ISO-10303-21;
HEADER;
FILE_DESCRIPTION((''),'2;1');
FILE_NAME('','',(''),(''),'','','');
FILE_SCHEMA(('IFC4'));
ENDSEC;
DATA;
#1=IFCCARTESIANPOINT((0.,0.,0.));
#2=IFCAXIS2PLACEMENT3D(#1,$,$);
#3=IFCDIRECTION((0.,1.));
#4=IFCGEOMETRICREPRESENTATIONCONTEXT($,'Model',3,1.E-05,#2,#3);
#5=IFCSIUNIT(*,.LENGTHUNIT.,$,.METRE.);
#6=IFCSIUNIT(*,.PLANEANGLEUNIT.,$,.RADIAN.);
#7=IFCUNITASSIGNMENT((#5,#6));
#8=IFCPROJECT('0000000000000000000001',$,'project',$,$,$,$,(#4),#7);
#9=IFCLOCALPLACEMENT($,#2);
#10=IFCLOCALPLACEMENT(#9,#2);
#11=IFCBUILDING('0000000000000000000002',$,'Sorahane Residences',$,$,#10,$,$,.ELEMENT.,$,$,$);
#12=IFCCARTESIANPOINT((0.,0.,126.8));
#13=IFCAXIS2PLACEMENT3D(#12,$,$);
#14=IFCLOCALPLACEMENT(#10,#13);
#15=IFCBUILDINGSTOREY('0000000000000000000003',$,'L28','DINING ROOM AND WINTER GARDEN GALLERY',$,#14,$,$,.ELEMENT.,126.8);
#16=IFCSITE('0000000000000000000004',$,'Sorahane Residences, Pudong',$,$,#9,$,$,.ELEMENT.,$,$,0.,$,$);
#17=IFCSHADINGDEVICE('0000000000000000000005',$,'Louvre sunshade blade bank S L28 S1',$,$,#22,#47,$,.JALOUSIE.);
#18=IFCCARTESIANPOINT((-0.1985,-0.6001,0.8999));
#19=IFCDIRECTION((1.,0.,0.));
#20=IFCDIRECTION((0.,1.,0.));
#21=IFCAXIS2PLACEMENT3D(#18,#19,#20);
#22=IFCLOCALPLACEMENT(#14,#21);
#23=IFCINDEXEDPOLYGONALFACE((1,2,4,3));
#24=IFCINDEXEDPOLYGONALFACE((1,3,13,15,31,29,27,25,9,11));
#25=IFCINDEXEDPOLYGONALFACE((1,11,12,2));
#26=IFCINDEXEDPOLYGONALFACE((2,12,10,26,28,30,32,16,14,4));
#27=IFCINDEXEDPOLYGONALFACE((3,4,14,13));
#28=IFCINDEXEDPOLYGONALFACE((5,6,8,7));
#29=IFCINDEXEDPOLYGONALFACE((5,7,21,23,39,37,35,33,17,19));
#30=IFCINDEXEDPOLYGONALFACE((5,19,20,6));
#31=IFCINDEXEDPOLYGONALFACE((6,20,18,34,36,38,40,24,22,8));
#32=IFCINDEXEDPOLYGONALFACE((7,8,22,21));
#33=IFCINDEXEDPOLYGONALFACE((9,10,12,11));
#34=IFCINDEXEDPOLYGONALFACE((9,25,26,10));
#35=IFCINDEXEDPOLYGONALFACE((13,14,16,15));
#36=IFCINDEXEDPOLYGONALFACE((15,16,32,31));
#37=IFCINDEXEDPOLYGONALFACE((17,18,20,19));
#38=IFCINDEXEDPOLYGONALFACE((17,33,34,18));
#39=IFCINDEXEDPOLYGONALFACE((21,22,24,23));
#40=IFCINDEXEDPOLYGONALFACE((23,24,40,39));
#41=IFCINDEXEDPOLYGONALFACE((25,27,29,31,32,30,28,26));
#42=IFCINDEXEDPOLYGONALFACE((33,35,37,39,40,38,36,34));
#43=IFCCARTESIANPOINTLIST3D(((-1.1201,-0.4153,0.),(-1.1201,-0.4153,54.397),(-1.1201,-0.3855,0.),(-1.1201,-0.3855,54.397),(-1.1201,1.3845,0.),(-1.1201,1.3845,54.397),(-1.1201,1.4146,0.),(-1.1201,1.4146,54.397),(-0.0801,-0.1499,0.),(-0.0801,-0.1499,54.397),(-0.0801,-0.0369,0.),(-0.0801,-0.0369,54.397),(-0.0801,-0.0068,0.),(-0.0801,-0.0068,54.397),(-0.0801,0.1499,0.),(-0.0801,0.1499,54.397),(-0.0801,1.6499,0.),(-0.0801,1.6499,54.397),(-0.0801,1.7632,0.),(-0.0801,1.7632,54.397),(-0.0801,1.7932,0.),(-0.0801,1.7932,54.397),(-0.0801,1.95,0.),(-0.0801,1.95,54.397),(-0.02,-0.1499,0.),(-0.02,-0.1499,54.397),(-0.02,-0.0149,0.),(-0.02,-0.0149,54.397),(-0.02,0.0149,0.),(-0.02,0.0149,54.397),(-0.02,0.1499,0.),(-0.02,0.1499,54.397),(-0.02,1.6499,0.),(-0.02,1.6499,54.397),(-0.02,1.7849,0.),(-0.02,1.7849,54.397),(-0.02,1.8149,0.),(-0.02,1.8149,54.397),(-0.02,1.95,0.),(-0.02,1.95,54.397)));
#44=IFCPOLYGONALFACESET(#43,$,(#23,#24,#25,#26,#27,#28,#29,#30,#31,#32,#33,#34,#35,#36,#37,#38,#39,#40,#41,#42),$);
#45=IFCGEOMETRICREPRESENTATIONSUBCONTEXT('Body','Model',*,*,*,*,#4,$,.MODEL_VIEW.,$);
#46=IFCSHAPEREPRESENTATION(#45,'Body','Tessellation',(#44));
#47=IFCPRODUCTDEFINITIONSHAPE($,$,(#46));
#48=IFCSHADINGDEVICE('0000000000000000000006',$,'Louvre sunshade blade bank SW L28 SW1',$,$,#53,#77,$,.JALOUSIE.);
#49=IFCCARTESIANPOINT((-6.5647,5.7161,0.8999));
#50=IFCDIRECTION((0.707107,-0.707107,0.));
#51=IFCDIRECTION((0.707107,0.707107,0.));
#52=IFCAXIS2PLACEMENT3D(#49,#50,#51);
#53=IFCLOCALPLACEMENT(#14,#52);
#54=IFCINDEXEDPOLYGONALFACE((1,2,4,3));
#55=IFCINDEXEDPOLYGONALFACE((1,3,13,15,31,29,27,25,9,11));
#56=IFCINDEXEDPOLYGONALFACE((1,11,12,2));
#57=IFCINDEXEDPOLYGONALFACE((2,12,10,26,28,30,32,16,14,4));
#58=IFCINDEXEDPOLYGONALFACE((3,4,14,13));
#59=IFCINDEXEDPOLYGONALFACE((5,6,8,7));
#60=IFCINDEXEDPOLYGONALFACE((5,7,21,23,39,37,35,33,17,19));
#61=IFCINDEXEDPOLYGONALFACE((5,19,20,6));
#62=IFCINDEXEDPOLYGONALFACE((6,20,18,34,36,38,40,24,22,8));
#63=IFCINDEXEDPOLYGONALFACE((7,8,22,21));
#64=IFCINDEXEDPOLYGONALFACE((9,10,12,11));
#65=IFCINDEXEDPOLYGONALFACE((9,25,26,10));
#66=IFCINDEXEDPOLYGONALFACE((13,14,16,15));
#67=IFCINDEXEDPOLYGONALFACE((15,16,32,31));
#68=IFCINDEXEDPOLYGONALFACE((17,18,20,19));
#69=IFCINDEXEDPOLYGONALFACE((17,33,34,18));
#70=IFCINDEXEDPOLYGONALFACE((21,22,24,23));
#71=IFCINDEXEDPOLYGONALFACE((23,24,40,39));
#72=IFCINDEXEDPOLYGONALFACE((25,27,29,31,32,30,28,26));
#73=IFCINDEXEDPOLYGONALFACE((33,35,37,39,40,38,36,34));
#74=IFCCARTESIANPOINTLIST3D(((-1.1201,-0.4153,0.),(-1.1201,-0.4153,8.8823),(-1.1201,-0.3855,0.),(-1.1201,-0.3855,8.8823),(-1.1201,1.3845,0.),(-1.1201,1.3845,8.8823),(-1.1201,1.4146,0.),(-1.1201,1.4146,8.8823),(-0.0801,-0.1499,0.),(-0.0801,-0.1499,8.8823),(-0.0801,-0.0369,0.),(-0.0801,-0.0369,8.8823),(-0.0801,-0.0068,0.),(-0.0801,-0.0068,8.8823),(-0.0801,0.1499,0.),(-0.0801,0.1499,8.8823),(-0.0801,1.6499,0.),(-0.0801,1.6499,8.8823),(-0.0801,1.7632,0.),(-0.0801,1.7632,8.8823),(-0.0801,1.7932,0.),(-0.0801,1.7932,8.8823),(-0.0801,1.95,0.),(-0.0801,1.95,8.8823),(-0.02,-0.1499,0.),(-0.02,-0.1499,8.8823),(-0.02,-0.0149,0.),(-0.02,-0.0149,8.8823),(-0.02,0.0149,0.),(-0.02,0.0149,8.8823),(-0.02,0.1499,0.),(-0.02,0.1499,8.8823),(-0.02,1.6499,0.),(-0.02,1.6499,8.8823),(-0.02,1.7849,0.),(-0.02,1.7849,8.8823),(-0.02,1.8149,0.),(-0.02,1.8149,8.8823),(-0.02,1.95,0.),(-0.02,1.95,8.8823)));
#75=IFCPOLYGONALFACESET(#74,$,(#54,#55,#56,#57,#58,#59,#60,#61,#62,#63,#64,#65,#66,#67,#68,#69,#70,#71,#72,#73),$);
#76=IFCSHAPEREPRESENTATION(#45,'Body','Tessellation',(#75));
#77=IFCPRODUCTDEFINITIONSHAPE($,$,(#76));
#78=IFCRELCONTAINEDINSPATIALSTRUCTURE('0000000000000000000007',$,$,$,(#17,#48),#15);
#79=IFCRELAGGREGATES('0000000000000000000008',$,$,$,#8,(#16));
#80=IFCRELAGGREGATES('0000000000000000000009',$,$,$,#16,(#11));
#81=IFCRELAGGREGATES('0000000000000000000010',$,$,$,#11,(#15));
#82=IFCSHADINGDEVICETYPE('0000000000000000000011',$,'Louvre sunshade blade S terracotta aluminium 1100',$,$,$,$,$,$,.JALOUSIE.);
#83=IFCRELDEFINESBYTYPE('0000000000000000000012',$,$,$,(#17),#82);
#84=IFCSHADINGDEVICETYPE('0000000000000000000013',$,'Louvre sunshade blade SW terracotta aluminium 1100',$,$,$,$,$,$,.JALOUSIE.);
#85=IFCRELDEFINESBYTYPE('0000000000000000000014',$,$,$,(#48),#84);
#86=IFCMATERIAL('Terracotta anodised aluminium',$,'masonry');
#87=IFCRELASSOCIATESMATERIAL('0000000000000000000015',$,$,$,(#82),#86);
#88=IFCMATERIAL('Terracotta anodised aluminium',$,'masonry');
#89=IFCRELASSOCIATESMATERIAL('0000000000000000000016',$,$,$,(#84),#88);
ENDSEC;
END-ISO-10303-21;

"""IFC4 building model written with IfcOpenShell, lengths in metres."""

from ifc_helpers import new_model, si_unit, direction, frame, origin, place, context, subcontext, project, spatial, polyline, outline, composite_profile, extrude, material, type_object, element, save


model = new_model("IFC4")

# Units and contexts
model_context = context("Model", 3, precision=1e-05, world=origin(), true_north=direction((0.0, 1.0)))
body_context = subcontext(model_context, "Body", "Model", "MODEL_VIEW")
ifc_project = project(units=[si_unit("LENGTHUNIT", "METRE"), si_unit("PLANEANGLEUNIT", "RADIAN")], contexts=[model_context])

# Site, building, storey
site_placement = place(None, origin())
site = spatial("IfcSite", under=ifc_project, at=site_placement, Name="Sorahane Residences, Pudong", CompositionType="ELEMENT", RefElevation=0.0)
building_placement = place(site_placement, origin())
building = spatial("IfcBuilding", under=site, at=building_placement, Name="Sorahane Residences", CompositionType="ELEMENT")
storey_placement = place(building_placement, frame((0.0, 0.0, 126.8)))
storey = spatial("IfcBuildingStorey", under=building, at=storey_placement, Name="L28", Description="DINING ROOM AND WINTER GARDEN GALLERY", CompositionType="ELEMENT", Elevation=126.8)

# Shading devices
ifc_material_1 = material(Name="Terracotta anodised aluminium", Category="masonry")
shading_device_type_1 = type_object("IfcShadingDeviceType", Name="Louvre sunshade blade S terracotta aluminium 1100", PredefinedType="JALOUSIE", material=ifc_material_1)
shading_device_1_placement = place(storey_placement, frame((-0.1985, -0.6001, 0.8999), z_axis=(1.0, 0.0, 0.0), x_axis=(0.0, 1.0, 0.0)))
element("IfcShadingDevice", 1, at=shading_device_1_placement, inside=storey, type_object=shading_device_type_1, Name="Louvre sunshade blade bank S L28 S1", PredefinedType="JALOUSIE", context=body_context, shape_type="SweptSolid", body=[
    extrude(composite_profile([outline(polyline([(-1.1201, -0.3855), (-1.1201, -0.4153), (-0.0801, -0.0369), (-0.0801, -0.1499), (-0.02, -0.1499), (-0.02, -0.0149), (-0.02, 0.0149), (-0.02, 0.1499), (-0.0801, 0.1499), (-0.0801, -0.0068), (-1.1201, -0.3855)])), outline(polyline([(-1.1201, 1.4146), (-1.1201, 1.3845), (-0.0801, 1.7632), (-0.0801, 1.6499), (-0.02, 1.6499), (-0.02, 1.7849), (-0.02, 1.8149), (-0.02, 1.95), (-0.0801, 1.95), (-0.0801, 1.7932), (-1.1201, 1.4146)]))]), origin(), (0.0, 0.0, 1.0), 54.397),
])
ifc_material_2 = material(Name="Terracotta anodised aluminium", Category="masonry")
shading_device_type_2 = type_object("IfcShadingDeviceType", Name="Louvre sunshade blade SW terracotta aluminium 1100", PredefinedType="JALOUSIE", material=ifc_material_2)
shading_device_2_placement = place(storey_placement, frame((-6.5647, 5.7161, 0.8999), z_axis=(0.707107, -0.707107, 0.0), x_axis=(0.707107, 0.707107, 0.0)))
element("IfcShadingDevice", 2, at=shading_device_2_placement, inside=storey, type_object=shading_device_type_2, Name="Louvre sunshade blade bank SW L28 SW1", PredefinedType="JALOUSIE", context=body_context, shape_type="SweptSolid", body=[
    extrude(composite_profile([outline(polyline([(-1.1201, -0.3855), (-1.1201, -0.4153), (-0.0801, -0.0369), (-0.0801, -0.1499), (-0.02, -0.1499), (-0.02, -0.0149), (-0.02, 0.0149), (-0.02, 0.1499), (-0.0801, 0.1499), (-0.0801, -0.0068), (-1.1201, -0.3855)])), outline(polyline([(-1.1201, 1.4146), (-1.1201, 1.3845), (-0.0801, 1.7632), (-0.0801, 1.6499), (-0.02, 1.6499), (-0.02, 1.7849), (-0.02, 1.8149), (-0.02, 1.95), (-0.0801, 1.95), (-0.0801, 1.7932), (-1.1201, 1.4146)]))]), origin(), (0.0, 0.0, 1.0), 8.8823),
])

save(model, "model.ifc")
